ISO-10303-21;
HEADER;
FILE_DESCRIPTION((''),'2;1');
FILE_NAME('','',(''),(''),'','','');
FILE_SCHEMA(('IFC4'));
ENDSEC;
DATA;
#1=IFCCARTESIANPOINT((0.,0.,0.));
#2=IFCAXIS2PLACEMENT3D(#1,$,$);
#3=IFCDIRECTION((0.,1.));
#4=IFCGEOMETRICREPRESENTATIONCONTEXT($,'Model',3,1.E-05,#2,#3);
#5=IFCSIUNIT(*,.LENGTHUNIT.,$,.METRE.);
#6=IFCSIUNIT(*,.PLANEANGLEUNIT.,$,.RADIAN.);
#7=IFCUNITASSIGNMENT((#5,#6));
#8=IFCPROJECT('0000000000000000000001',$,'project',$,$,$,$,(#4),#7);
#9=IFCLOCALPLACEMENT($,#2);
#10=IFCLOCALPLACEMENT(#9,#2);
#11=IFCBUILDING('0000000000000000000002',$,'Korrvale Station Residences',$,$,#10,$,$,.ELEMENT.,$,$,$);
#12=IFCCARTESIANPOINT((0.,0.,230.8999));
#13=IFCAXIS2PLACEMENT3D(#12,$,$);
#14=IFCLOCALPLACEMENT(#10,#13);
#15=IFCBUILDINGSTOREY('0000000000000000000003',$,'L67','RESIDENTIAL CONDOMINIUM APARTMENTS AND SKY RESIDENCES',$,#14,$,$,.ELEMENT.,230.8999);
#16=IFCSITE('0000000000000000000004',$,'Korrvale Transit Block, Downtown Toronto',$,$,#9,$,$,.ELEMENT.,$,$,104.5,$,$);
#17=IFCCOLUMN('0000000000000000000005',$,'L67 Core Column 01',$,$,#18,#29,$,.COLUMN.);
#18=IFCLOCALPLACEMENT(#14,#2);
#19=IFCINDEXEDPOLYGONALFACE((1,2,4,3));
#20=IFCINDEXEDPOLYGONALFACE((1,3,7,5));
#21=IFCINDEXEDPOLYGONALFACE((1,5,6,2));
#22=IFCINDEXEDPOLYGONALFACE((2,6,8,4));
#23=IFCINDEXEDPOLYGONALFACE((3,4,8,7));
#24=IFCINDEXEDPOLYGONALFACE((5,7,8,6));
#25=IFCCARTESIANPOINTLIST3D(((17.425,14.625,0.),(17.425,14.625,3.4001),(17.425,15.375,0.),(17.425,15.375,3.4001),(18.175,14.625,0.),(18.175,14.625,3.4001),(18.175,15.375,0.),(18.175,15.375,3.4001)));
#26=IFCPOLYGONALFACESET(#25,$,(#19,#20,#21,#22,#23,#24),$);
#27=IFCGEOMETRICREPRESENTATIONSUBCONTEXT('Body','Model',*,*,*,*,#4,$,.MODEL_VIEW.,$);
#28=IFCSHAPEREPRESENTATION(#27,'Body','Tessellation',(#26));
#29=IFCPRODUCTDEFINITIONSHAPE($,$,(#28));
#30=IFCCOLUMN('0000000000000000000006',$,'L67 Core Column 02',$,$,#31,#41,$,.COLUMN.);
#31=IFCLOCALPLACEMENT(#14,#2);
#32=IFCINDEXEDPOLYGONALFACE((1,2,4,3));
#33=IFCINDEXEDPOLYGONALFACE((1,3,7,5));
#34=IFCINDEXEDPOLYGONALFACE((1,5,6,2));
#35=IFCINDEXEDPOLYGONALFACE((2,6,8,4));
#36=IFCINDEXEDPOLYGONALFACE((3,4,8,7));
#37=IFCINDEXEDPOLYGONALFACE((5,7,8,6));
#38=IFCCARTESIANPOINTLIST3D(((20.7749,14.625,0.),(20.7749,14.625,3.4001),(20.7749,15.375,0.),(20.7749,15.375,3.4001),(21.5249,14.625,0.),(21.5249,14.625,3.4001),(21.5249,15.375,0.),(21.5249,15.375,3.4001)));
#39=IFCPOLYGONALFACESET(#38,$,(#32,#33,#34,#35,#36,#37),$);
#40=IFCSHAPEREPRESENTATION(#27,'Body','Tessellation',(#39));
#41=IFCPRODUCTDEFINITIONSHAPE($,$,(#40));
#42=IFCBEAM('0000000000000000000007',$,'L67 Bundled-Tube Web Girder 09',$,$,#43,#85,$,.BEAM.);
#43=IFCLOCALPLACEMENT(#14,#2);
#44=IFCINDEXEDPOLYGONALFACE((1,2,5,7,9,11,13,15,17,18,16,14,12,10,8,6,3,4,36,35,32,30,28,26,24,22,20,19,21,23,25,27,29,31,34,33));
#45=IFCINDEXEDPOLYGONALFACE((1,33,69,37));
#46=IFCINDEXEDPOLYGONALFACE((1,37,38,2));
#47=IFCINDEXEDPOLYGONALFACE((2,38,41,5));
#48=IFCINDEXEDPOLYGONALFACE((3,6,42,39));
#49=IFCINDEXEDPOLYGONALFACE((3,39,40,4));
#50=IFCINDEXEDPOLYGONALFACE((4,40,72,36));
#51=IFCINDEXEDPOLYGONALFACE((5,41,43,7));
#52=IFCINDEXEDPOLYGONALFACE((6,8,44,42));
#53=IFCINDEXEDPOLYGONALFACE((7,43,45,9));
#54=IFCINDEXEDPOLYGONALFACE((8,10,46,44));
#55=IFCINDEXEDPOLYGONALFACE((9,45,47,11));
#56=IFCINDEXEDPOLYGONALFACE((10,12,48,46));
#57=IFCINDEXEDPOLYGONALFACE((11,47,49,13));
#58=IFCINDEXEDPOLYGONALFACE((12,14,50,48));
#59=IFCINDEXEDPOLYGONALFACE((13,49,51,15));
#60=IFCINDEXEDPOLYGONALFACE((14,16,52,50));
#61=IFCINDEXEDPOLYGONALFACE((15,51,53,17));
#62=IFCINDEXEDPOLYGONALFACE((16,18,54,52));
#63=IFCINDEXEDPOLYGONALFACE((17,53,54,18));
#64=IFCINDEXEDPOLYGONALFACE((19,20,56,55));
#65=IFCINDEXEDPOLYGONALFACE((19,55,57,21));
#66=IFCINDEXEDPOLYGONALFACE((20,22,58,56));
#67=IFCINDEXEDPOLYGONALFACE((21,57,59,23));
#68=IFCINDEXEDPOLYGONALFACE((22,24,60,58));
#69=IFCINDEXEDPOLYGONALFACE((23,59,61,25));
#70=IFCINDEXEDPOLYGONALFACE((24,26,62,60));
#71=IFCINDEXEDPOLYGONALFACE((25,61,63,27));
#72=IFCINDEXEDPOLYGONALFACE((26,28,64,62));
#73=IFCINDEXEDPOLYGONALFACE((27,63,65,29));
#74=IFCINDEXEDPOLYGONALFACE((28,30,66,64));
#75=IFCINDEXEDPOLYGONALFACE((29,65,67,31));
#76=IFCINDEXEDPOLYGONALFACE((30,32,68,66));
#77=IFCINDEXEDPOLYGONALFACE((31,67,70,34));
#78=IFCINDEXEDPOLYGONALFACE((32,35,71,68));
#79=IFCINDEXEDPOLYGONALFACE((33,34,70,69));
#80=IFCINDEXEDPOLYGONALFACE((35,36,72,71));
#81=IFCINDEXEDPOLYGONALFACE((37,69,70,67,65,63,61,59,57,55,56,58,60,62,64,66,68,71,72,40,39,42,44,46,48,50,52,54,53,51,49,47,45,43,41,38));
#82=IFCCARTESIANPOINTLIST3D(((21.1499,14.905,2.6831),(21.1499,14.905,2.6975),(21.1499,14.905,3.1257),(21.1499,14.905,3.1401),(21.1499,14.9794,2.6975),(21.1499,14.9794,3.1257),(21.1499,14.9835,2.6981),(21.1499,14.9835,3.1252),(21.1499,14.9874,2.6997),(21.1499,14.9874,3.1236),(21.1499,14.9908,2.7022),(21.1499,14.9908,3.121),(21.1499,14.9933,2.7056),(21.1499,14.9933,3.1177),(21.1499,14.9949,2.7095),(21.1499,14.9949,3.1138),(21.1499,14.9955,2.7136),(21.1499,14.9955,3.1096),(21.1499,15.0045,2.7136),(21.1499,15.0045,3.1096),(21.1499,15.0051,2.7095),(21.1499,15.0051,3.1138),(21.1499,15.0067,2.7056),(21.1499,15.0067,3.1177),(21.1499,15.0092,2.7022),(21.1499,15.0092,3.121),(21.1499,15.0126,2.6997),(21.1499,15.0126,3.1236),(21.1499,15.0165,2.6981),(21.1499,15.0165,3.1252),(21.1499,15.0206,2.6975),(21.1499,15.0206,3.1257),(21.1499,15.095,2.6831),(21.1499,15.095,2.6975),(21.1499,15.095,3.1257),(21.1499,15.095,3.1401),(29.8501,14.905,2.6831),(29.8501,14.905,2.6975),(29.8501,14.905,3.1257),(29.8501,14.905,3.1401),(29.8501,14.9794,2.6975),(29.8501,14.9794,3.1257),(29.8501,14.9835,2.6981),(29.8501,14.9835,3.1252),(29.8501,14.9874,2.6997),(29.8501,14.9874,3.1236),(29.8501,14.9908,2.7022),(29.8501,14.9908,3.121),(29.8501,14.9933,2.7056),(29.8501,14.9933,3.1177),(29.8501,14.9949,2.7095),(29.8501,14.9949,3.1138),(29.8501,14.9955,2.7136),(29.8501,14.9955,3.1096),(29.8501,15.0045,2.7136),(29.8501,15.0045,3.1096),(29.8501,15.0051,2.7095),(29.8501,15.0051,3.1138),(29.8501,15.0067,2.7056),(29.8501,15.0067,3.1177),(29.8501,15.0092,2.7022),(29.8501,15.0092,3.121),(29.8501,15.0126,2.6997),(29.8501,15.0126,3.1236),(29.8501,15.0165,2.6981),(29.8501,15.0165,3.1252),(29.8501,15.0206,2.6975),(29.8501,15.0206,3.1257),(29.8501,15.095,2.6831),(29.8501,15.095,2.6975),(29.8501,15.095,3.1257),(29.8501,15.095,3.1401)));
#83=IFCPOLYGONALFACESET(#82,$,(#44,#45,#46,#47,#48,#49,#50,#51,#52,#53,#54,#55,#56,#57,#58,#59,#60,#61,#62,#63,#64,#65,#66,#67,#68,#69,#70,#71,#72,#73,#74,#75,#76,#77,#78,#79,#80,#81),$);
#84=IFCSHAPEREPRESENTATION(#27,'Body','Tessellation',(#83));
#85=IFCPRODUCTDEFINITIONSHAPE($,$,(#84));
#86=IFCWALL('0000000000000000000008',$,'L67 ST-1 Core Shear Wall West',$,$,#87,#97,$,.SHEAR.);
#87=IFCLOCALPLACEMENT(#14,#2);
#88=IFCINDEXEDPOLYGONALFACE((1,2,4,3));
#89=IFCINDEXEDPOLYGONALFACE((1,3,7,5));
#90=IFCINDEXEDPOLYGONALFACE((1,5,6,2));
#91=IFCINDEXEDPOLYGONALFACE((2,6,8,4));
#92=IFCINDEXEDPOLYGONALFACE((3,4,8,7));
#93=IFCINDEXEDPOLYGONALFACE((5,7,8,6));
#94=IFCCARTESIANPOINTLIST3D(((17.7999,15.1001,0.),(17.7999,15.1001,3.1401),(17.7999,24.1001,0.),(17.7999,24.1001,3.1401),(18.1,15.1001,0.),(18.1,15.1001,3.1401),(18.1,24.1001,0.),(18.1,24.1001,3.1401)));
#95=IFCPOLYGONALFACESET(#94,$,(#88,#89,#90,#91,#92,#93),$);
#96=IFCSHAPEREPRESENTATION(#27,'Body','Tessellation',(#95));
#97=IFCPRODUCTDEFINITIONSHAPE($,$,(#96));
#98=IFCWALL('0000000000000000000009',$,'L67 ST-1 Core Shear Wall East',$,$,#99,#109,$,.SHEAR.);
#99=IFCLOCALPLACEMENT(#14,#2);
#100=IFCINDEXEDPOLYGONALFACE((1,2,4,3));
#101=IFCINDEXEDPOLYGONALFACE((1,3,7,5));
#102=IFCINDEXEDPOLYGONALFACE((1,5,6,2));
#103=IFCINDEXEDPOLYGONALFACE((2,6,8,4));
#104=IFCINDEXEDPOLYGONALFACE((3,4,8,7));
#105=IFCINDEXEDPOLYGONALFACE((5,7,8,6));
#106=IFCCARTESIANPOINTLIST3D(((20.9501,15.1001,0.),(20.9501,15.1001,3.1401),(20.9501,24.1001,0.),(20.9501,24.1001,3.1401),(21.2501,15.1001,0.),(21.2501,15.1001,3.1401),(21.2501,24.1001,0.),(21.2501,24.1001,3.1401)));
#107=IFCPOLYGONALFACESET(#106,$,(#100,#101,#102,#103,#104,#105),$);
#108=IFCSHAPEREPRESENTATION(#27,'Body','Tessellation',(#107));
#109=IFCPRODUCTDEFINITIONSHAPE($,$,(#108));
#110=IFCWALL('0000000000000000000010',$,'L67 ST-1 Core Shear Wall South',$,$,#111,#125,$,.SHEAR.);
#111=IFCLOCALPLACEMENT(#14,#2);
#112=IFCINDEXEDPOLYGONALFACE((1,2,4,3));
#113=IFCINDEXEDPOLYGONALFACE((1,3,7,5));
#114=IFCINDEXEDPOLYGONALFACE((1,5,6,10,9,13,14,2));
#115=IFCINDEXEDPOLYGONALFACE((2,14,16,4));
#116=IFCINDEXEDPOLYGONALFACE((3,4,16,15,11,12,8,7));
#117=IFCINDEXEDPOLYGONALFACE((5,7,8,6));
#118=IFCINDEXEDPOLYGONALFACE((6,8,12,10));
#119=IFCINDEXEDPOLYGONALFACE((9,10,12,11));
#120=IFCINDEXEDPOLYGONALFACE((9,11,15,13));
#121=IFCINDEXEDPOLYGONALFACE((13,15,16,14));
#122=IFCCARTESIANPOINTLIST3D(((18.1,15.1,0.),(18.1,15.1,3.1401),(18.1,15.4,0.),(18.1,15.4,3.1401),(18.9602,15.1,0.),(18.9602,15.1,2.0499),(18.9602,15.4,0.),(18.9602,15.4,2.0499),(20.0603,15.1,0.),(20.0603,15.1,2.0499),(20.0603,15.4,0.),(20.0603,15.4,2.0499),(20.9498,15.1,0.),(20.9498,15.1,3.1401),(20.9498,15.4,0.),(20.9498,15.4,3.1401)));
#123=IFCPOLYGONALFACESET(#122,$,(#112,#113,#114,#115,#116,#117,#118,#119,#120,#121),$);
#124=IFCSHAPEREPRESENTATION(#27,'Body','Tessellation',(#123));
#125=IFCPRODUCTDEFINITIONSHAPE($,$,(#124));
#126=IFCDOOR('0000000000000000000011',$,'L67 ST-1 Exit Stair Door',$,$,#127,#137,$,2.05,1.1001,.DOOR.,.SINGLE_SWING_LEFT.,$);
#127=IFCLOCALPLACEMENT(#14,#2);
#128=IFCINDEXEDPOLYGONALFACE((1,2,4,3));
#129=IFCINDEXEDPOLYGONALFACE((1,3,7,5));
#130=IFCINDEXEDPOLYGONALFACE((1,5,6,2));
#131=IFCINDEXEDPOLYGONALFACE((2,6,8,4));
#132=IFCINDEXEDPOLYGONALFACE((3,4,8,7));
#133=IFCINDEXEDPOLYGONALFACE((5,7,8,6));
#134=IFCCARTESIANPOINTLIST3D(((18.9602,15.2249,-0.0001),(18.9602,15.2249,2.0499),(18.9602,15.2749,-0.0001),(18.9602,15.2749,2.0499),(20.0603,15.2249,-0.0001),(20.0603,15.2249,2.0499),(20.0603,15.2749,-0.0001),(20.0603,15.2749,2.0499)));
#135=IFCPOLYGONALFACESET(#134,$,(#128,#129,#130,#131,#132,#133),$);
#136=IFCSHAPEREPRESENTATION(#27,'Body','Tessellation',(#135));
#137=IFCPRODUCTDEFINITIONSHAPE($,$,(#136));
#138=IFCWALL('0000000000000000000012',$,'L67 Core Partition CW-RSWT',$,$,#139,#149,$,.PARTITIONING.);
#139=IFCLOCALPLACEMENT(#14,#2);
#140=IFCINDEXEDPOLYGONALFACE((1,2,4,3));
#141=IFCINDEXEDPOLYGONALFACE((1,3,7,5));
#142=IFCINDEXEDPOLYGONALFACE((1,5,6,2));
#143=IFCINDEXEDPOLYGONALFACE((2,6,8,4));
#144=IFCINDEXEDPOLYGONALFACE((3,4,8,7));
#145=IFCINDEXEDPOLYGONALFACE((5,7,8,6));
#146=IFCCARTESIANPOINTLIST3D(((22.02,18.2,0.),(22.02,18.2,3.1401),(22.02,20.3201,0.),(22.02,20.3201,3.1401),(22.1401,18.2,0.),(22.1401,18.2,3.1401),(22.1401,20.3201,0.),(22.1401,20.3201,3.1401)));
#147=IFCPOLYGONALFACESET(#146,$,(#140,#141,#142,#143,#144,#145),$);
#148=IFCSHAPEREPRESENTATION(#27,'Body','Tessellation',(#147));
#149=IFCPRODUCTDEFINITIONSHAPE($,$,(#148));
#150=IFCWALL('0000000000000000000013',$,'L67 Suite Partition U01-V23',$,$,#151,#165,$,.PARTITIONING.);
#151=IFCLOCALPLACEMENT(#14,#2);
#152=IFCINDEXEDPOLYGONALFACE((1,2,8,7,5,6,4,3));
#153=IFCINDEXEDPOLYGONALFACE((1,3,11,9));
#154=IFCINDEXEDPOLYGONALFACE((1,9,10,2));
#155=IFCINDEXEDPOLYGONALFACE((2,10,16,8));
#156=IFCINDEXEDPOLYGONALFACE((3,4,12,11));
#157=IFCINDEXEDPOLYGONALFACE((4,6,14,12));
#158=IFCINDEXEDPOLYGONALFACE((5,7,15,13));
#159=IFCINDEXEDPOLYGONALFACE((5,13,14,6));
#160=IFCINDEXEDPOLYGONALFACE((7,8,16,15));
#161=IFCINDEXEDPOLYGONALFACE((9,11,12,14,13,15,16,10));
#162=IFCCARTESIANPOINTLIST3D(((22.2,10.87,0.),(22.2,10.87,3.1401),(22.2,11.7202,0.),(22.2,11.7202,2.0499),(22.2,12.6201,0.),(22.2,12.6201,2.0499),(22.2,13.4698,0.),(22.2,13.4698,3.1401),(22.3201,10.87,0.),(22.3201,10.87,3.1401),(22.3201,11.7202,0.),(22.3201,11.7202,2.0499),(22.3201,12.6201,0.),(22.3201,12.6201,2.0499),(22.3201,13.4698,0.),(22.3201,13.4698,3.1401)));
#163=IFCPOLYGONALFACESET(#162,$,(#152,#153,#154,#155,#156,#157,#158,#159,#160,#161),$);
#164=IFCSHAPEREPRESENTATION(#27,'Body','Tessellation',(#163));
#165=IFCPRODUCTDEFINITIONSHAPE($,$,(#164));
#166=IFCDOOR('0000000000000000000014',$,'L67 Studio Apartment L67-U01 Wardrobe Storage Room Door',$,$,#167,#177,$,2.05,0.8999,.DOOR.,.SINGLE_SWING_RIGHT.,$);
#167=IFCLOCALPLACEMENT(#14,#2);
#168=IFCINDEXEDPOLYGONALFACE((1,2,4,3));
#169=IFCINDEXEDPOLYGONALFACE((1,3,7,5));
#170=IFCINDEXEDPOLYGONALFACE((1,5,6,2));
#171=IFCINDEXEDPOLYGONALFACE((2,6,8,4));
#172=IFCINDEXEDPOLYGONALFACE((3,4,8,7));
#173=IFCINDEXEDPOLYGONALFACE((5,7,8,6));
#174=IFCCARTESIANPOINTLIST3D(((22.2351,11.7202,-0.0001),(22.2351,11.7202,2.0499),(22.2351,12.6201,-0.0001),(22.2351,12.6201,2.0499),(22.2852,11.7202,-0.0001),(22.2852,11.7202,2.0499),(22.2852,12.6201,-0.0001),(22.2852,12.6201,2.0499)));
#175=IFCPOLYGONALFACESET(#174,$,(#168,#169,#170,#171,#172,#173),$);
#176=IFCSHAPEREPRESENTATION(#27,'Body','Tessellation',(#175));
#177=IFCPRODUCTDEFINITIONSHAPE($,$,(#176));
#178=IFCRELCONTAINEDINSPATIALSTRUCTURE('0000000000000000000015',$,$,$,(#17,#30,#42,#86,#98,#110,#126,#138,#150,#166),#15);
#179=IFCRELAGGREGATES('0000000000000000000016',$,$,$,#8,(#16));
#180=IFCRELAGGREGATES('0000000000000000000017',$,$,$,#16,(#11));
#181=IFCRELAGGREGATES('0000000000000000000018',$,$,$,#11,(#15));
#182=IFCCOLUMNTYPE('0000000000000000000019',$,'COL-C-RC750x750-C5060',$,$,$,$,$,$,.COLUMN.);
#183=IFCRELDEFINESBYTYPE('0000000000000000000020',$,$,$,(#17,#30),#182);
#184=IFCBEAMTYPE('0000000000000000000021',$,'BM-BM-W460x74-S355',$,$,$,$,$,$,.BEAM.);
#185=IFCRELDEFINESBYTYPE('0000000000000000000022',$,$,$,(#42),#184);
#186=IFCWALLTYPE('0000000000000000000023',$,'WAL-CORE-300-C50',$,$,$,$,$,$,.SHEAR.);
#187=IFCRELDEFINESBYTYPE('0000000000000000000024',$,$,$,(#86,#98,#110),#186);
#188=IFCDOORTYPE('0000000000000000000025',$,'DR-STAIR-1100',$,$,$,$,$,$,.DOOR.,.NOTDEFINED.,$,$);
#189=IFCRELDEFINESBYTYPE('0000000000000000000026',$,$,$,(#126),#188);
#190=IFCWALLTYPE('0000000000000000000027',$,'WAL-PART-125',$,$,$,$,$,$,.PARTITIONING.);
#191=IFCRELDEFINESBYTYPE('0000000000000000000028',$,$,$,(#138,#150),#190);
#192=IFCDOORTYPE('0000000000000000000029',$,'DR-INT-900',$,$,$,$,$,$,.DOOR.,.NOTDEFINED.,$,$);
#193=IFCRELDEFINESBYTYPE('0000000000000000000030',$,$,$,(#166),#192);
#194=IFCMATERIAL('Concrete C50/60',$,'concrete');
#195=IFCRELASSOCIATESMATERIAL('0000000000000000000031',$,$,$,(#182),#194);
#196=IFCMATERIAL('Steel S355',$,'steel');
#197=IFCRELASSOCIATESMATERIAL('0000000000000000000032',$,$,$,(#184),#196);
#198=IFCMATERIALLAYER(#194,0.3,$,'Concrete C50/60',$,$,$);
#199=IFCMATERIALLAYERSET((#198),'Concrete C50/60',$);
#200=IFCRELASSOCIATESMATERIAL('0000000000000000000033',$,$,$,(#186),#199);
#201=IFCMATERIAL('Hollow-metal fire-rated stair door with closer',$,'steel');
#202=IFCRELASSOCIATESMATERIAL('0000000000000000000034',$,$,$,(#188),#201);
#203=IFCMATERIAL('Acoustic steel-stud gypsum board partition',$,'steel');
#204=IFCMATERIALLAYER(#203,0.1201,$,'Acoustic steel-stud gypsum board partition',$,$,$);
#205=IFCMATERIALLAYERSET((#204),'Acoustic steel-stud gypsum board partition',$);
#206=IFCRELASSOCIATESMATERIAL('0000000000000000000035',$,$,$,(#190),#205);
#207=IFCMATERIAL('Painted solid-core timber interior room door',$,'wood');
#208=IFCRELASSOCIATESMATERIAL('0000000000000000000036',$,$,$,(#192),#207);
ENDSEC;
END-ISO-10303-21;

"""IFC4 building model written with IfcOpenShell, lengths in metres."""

from ifc_helpers import new_model, si_unit, direction, frame, frame_2d, origin, origin_2d, place, context, subcontext, project, spatial, rectangle, i_section, extrude, material, layer, layer_set, material_profile, profile_set, type_object, element, fill, save


model = new_model("IFC4")

# Units and contexts
model_context = context("Model", 3, precision=1e-05, world=origin(), true_north=direction((0.0, 1.0)))
body_context = subcontext(model_context, "Body", "Model", "MODEL_VIEW")
ifc_project = project(units=[si_unit("LENGTHUNIT", "METRE"), si_unit("PLANEANGLEUNIT", "RADIAN")], contexts=[model_context])

# Site, building, storey
site_placement = place(None, origin())
site = spatial("IfcSite", under=ifc_project, at=site_placement, Name="Korrvale Transit Block, Downtown Toronto", CompositionType="ELEMENT", RefElevation=104.5)
building_placement = place(site_placement, origin())
building = spatial("IfcBuilding", under=site, at=building_placement, Name="Korrvale Station Residences", CompositionType="ELEMENT")
storey_placement = place(building_placement, frame((0.0, 0.0, 230.8999)))
storey = spatial("IfcBuildingStorey", under=building, at=storey_placement, Name="L67", Description="RESIDENTIAL CONDOMINIUM APARTMENTS AND SKY RESIDENCES", CompositionType="ELEMENT", Elevation=230.8999)

# Columns
ifc_material_1 = material(Name="Concrete C50/60", Category="concrete")
ifc_material_profile_1 = material_profile(ifc_material_1, rectangle(XDim=0.75, YDim=0.75, at=origin_2d()), Name="RC750x750")
ifc_profile_set_1 = profile_set([ifc_material_profile_1], Name="Concrete C50/60")
column_type = type_object("IfcColumnType", Name="COL-C-RC750x750-C5060", PredefinedType="COLUMN", material=ifc_profile_set_1)
for number, where, z_axis, x_axis, name in (
    (1, (17.8, 15.0, 0.0), (0.0, 0.0, 1.0), (1.0, 0.0, 0.0), "L67 Core Column 01"),
    (2, (21.1499, 15.0, 0.0), (0.0, 0.0, 1.0), (1.0, 0.0, 0.0), "L67 Core Column 02"),
):
    element("IfcColumn", number, at=place(storey_placement, frame(where, z_axis=z_axis, x_axis=x_axis)), inside=storey, type_object=column_type, Name=name, PredefinedType="COLUMN", context=body_context, shape_type="SweptSolid", body=[
        extrude(rectangle(XDim=0.75, YDim=0.75, at=origin_2d()), origin(), (0.0, 0.0, 1.0), 3.4001),
    ])

# Beam
ifc_material_2 = material(Name="Steel S355", Category="steel")
ifc_material_profile_2 = material_profile(ifc_material_2, i_section(OverallWidth=0.1899, OverallDepth=0.457, WebThickness=0.009, FlangeThickness=0.0144, FilletRadius=0.0161, at=origin_2d()), Name="W460x74")
ifc_profile_set_2 = profile_set([ifc_material_profile_2], Name="Steel S355")
beam_type = type_object("IfcBeamType", Name="BM-BM-W460x74-S355", PredefinedType="BEAM", material=ifc_profile_set_2)
beam_placement = place(storey_placement, frame((21.1499, 15.0, 2.9116), z_axis=(1.0, 0.0, 0.0), x_axis=(0.0, 1.0, 0.0)))
element("IfcBeam", 3, at=beam_placement, inside=storey, type_object=beam_type, Name="L67 Bundled-Tube Web Girder 09", PredefinedType="BEAM", context=body_context, shape_type="SweptSolid", body=[
    extrude(i_section(OverallWidth=0.1899, OverallDepth=0.457, WebThickness=0.009, FlangeThickness=0.0144, FilletRadius=0.0161, at=origin_2d()), origin(), (0.0, 0.0, 1.0), 8.7002),
])

# Walls
ifc_layer_1 = layer(ifc_material_1, 0.3, Name="Concrete C50/60")
ifc_layer_set_1 = layer_set([ifc_layer_1], Name="Concrete C50/60")
wall_type_1 = type_object("IfcWallType", Name="WAL-CORE-300-C50", PredefinedType="SHEAR", material=ifc_layer_set_1)
for number, where, z_axis, x_axis, name in (
    (4, (17.95, 15.1001, 0.0), (0.0, 0.0, 1.0), (0.0, 1.0, 0.0), "L67 ST-1 Core Shear Wall West"),
    (5, (21.1001, 15.1001, 0.0), (0.0, 0.0, 1.0), (0.0, 1.0, 0.0), "L67 ST-1 Core Shear Wall East"),
):
    element("IfcWall", number, at=place(storey_placement, frame(where, z_axis=z_axis, x_axis=x_axis)), inside=storey, type_object=wall_type_1, Name=name, PredefinedType="SHEAR", context=body_context, shape_type="SweptSolid", body=[
        extrude(rectangle(XDim=9.0, YDim=0.3, at=frame_2d((4.5, 0.0))), origin(), (0.0, 0.0, 1.0), 3.1401),
    ])

# Wall, opening, door
wall_1_placement = place(storey_placement, frame((18.1001, 15.25, 0.0), z_axis=(0.0, 0.0, 1.0), x_axis=(1.0, 0.0, 0.0)))
wall_1 = element("IfcWall", 6, at=wall_1_placement, inside=storey, type_object=wall_type_1, Name="L67 ST-1 Core Shear Wall South", PredefinedType="SHEAR", context=body_context, shape_type="SweptSolid", body=[
    extrude(rectangle(XDim=2.8499, YDim=0.3, at=frame_2d((1.4248, 0.0))), origin(), (0.0, 0.0, 1.0), 3.1401),
])
opening_1_placement = place(wall_1_placement, frame((0.8601, 0.0, 0.0)))
opening_1 = element("IfcOpeningElement", 7, at=opening_1_placement, cuts=wall_1, PredefinedType="OPENING", context=body_context, shape_type="SweptSolid", body=[
    extrude(rectangle(XDim=1.1001, YDim=2.05, at=frame_2d((0.55, 1.0249))), frame((0.0, 0.1602, 0.0), z_axis=(0.0, -1.0, 0.0), x_axis=(1.0, 0.0, 0.0)), (0.0, 0.0, 1.0), 0.3201),
])
ifc_material_3 = material(Name="Hollow-metal fire-rated stair door with closer", Category="steel")
door_type_1 = type_object("IfcDoorType", Name="DR-STAIR-1100", OperationType="NOTDEFINED", PredefinedType="DOOR", material=ifc_material_3)
door_1_placement = place(opening_1_placement, origin())
door_1 = element("IfcDoor", 8, at=door_1_placement, inside=storey, type_object=door_type_1, Name="L67 ST-1 Exit Stair Door", OperationType="SINGLE_SWING_LEFT", OverallHeight=2.05, OverallWidth=1.1001, PredefinedType="DOOR", context=body_context, shape_type="SweptSolid", body=[
    extrude(rectangle(XDim=1.1001, YDim=2.05, at=frame_2d((0.55, 1.0249))), frame((0.0, 0.0249, 0.0), z_axis=(0.0, -1.0, 0.0), x_axis=(1.0, 0.0, 0.0)), (0.0, 0.0, 1.0), 0.05),
])
fill(opening_1, door_1)

# Wall
ifc_material_4 = material(Name="Acoustic steel-stud gypsum board partition", Category="steel")
ifc_layer_2 = layer(ifc_material_4, 0.1201, Name="Acoustic steel-stud gypsum board partition")
ifc_layer_set_2 = layer_set([ifc_layer_2], Name="Acoustic steel-stud gypsum board partition")
wall_type_2 = type_object("IfcWallType", Name="WAL-PART-125", PredefinedType="PARTITIONING", material=ifc_layer_set_2)
wall_2_placement = place(storey_placement, frame((22.0801, 18.2, 0.0), z_axis=(0.0, 0.0, 1.0), x_axis=(0.0, 1.0, 0.0)))
element("IfcWall", 9, at=wall_2_placement, inside=storey, type_object=wall_type_2, Name="L67 Core Partition CW-RSWT", PredefinedType="PARTITIONING", context=body_context, shape_type="SweptSolid", body=[
    extrude(rectangle(XDim=2.1201, YDim=0.1201, at=frame_2d((1.0601, 0.0))), origin(), (0.0, 0.0, 1.0), 3.1401),
])

# Wall, opening, door
wall_3_placement = place(storey_placement, frame((22.26, 10.8701, 0.0), z_axis=(0.0, 0.0, 1.0), x_axis=(0.0, 1.0, 0.0)))
wall_3 = element("IfcWall", 10, at=wall_3_placement, inside=storey, type_object=wall_type_2, Name="L67 Suite Partition U01-V23", PredefinedType="PARTITIONING", context=body_context, shape_type="SweptSolid", body=[
    extrude(rectangle(XDim=2.5999, YDim=0.1201, at=frame_2d((1.2998, 0.0))), origin(), (0.0, 0.0, 1.0), 3.1401),
])
opening_2_placement = place(wall_3_placement, frame((0.8501, 0.0, 0.0)))
opening_2 = element("IfcOpeningElement", 11, at=opening_2_placement, cuts=wall_3, PredefinedType="OPENING", context=body_context, shape_type="SweptSolid", body=[
    extrude(rectangle(XDim=0.8999, YDim=2.05, at=frame_2d((0.45, 1.0249))), frame((0.0, 0.0701, 0.0), z_axis=(0.0, -1.0, 0.0), x_axis=(1.0, 0.0, 0.0)), (0.0, 0.0, 1.0), 0.1401),
])
ifc_material_5 = material(Name="Painted solid-core timber interior room door", Category="wood")
door_type_2 = type_object("IfcDoorType", Name="DR-INT-900", OperationType="NOTDEFINED", PredefinedType="DOOR", material=ifc_material_5)
door_2_placement = place(opening_2_placement, origin())
door_2 = element("IfcDoor", 12, at=door_2_placement, inside=storey, type_object=door_type_2, Name="L67 Studio Apartment L67-U01 Wardrobe Storage Room Door", OperationType="SINGLE_SWING_RIGHT", OverallHeight=2.05, OverallWidth=0.8999, PredefinedType="DOOR", context=body_context, shape_type="SweptSolid", body=[
    extrude(rectangle(XDim=0.8999, YDim=2.05, at=frame_2d((0.45, 1.0249))), frame((0.0, 0.0249, 0.0), z_axis=(0.0, -1.0, 0.0), x_axis=(1.0, 0.0, 0.0)), (0.0, 0.0, 1.0), 0.05),
])
fill(opening_2, door_2)

save(model, "model.ifc")
